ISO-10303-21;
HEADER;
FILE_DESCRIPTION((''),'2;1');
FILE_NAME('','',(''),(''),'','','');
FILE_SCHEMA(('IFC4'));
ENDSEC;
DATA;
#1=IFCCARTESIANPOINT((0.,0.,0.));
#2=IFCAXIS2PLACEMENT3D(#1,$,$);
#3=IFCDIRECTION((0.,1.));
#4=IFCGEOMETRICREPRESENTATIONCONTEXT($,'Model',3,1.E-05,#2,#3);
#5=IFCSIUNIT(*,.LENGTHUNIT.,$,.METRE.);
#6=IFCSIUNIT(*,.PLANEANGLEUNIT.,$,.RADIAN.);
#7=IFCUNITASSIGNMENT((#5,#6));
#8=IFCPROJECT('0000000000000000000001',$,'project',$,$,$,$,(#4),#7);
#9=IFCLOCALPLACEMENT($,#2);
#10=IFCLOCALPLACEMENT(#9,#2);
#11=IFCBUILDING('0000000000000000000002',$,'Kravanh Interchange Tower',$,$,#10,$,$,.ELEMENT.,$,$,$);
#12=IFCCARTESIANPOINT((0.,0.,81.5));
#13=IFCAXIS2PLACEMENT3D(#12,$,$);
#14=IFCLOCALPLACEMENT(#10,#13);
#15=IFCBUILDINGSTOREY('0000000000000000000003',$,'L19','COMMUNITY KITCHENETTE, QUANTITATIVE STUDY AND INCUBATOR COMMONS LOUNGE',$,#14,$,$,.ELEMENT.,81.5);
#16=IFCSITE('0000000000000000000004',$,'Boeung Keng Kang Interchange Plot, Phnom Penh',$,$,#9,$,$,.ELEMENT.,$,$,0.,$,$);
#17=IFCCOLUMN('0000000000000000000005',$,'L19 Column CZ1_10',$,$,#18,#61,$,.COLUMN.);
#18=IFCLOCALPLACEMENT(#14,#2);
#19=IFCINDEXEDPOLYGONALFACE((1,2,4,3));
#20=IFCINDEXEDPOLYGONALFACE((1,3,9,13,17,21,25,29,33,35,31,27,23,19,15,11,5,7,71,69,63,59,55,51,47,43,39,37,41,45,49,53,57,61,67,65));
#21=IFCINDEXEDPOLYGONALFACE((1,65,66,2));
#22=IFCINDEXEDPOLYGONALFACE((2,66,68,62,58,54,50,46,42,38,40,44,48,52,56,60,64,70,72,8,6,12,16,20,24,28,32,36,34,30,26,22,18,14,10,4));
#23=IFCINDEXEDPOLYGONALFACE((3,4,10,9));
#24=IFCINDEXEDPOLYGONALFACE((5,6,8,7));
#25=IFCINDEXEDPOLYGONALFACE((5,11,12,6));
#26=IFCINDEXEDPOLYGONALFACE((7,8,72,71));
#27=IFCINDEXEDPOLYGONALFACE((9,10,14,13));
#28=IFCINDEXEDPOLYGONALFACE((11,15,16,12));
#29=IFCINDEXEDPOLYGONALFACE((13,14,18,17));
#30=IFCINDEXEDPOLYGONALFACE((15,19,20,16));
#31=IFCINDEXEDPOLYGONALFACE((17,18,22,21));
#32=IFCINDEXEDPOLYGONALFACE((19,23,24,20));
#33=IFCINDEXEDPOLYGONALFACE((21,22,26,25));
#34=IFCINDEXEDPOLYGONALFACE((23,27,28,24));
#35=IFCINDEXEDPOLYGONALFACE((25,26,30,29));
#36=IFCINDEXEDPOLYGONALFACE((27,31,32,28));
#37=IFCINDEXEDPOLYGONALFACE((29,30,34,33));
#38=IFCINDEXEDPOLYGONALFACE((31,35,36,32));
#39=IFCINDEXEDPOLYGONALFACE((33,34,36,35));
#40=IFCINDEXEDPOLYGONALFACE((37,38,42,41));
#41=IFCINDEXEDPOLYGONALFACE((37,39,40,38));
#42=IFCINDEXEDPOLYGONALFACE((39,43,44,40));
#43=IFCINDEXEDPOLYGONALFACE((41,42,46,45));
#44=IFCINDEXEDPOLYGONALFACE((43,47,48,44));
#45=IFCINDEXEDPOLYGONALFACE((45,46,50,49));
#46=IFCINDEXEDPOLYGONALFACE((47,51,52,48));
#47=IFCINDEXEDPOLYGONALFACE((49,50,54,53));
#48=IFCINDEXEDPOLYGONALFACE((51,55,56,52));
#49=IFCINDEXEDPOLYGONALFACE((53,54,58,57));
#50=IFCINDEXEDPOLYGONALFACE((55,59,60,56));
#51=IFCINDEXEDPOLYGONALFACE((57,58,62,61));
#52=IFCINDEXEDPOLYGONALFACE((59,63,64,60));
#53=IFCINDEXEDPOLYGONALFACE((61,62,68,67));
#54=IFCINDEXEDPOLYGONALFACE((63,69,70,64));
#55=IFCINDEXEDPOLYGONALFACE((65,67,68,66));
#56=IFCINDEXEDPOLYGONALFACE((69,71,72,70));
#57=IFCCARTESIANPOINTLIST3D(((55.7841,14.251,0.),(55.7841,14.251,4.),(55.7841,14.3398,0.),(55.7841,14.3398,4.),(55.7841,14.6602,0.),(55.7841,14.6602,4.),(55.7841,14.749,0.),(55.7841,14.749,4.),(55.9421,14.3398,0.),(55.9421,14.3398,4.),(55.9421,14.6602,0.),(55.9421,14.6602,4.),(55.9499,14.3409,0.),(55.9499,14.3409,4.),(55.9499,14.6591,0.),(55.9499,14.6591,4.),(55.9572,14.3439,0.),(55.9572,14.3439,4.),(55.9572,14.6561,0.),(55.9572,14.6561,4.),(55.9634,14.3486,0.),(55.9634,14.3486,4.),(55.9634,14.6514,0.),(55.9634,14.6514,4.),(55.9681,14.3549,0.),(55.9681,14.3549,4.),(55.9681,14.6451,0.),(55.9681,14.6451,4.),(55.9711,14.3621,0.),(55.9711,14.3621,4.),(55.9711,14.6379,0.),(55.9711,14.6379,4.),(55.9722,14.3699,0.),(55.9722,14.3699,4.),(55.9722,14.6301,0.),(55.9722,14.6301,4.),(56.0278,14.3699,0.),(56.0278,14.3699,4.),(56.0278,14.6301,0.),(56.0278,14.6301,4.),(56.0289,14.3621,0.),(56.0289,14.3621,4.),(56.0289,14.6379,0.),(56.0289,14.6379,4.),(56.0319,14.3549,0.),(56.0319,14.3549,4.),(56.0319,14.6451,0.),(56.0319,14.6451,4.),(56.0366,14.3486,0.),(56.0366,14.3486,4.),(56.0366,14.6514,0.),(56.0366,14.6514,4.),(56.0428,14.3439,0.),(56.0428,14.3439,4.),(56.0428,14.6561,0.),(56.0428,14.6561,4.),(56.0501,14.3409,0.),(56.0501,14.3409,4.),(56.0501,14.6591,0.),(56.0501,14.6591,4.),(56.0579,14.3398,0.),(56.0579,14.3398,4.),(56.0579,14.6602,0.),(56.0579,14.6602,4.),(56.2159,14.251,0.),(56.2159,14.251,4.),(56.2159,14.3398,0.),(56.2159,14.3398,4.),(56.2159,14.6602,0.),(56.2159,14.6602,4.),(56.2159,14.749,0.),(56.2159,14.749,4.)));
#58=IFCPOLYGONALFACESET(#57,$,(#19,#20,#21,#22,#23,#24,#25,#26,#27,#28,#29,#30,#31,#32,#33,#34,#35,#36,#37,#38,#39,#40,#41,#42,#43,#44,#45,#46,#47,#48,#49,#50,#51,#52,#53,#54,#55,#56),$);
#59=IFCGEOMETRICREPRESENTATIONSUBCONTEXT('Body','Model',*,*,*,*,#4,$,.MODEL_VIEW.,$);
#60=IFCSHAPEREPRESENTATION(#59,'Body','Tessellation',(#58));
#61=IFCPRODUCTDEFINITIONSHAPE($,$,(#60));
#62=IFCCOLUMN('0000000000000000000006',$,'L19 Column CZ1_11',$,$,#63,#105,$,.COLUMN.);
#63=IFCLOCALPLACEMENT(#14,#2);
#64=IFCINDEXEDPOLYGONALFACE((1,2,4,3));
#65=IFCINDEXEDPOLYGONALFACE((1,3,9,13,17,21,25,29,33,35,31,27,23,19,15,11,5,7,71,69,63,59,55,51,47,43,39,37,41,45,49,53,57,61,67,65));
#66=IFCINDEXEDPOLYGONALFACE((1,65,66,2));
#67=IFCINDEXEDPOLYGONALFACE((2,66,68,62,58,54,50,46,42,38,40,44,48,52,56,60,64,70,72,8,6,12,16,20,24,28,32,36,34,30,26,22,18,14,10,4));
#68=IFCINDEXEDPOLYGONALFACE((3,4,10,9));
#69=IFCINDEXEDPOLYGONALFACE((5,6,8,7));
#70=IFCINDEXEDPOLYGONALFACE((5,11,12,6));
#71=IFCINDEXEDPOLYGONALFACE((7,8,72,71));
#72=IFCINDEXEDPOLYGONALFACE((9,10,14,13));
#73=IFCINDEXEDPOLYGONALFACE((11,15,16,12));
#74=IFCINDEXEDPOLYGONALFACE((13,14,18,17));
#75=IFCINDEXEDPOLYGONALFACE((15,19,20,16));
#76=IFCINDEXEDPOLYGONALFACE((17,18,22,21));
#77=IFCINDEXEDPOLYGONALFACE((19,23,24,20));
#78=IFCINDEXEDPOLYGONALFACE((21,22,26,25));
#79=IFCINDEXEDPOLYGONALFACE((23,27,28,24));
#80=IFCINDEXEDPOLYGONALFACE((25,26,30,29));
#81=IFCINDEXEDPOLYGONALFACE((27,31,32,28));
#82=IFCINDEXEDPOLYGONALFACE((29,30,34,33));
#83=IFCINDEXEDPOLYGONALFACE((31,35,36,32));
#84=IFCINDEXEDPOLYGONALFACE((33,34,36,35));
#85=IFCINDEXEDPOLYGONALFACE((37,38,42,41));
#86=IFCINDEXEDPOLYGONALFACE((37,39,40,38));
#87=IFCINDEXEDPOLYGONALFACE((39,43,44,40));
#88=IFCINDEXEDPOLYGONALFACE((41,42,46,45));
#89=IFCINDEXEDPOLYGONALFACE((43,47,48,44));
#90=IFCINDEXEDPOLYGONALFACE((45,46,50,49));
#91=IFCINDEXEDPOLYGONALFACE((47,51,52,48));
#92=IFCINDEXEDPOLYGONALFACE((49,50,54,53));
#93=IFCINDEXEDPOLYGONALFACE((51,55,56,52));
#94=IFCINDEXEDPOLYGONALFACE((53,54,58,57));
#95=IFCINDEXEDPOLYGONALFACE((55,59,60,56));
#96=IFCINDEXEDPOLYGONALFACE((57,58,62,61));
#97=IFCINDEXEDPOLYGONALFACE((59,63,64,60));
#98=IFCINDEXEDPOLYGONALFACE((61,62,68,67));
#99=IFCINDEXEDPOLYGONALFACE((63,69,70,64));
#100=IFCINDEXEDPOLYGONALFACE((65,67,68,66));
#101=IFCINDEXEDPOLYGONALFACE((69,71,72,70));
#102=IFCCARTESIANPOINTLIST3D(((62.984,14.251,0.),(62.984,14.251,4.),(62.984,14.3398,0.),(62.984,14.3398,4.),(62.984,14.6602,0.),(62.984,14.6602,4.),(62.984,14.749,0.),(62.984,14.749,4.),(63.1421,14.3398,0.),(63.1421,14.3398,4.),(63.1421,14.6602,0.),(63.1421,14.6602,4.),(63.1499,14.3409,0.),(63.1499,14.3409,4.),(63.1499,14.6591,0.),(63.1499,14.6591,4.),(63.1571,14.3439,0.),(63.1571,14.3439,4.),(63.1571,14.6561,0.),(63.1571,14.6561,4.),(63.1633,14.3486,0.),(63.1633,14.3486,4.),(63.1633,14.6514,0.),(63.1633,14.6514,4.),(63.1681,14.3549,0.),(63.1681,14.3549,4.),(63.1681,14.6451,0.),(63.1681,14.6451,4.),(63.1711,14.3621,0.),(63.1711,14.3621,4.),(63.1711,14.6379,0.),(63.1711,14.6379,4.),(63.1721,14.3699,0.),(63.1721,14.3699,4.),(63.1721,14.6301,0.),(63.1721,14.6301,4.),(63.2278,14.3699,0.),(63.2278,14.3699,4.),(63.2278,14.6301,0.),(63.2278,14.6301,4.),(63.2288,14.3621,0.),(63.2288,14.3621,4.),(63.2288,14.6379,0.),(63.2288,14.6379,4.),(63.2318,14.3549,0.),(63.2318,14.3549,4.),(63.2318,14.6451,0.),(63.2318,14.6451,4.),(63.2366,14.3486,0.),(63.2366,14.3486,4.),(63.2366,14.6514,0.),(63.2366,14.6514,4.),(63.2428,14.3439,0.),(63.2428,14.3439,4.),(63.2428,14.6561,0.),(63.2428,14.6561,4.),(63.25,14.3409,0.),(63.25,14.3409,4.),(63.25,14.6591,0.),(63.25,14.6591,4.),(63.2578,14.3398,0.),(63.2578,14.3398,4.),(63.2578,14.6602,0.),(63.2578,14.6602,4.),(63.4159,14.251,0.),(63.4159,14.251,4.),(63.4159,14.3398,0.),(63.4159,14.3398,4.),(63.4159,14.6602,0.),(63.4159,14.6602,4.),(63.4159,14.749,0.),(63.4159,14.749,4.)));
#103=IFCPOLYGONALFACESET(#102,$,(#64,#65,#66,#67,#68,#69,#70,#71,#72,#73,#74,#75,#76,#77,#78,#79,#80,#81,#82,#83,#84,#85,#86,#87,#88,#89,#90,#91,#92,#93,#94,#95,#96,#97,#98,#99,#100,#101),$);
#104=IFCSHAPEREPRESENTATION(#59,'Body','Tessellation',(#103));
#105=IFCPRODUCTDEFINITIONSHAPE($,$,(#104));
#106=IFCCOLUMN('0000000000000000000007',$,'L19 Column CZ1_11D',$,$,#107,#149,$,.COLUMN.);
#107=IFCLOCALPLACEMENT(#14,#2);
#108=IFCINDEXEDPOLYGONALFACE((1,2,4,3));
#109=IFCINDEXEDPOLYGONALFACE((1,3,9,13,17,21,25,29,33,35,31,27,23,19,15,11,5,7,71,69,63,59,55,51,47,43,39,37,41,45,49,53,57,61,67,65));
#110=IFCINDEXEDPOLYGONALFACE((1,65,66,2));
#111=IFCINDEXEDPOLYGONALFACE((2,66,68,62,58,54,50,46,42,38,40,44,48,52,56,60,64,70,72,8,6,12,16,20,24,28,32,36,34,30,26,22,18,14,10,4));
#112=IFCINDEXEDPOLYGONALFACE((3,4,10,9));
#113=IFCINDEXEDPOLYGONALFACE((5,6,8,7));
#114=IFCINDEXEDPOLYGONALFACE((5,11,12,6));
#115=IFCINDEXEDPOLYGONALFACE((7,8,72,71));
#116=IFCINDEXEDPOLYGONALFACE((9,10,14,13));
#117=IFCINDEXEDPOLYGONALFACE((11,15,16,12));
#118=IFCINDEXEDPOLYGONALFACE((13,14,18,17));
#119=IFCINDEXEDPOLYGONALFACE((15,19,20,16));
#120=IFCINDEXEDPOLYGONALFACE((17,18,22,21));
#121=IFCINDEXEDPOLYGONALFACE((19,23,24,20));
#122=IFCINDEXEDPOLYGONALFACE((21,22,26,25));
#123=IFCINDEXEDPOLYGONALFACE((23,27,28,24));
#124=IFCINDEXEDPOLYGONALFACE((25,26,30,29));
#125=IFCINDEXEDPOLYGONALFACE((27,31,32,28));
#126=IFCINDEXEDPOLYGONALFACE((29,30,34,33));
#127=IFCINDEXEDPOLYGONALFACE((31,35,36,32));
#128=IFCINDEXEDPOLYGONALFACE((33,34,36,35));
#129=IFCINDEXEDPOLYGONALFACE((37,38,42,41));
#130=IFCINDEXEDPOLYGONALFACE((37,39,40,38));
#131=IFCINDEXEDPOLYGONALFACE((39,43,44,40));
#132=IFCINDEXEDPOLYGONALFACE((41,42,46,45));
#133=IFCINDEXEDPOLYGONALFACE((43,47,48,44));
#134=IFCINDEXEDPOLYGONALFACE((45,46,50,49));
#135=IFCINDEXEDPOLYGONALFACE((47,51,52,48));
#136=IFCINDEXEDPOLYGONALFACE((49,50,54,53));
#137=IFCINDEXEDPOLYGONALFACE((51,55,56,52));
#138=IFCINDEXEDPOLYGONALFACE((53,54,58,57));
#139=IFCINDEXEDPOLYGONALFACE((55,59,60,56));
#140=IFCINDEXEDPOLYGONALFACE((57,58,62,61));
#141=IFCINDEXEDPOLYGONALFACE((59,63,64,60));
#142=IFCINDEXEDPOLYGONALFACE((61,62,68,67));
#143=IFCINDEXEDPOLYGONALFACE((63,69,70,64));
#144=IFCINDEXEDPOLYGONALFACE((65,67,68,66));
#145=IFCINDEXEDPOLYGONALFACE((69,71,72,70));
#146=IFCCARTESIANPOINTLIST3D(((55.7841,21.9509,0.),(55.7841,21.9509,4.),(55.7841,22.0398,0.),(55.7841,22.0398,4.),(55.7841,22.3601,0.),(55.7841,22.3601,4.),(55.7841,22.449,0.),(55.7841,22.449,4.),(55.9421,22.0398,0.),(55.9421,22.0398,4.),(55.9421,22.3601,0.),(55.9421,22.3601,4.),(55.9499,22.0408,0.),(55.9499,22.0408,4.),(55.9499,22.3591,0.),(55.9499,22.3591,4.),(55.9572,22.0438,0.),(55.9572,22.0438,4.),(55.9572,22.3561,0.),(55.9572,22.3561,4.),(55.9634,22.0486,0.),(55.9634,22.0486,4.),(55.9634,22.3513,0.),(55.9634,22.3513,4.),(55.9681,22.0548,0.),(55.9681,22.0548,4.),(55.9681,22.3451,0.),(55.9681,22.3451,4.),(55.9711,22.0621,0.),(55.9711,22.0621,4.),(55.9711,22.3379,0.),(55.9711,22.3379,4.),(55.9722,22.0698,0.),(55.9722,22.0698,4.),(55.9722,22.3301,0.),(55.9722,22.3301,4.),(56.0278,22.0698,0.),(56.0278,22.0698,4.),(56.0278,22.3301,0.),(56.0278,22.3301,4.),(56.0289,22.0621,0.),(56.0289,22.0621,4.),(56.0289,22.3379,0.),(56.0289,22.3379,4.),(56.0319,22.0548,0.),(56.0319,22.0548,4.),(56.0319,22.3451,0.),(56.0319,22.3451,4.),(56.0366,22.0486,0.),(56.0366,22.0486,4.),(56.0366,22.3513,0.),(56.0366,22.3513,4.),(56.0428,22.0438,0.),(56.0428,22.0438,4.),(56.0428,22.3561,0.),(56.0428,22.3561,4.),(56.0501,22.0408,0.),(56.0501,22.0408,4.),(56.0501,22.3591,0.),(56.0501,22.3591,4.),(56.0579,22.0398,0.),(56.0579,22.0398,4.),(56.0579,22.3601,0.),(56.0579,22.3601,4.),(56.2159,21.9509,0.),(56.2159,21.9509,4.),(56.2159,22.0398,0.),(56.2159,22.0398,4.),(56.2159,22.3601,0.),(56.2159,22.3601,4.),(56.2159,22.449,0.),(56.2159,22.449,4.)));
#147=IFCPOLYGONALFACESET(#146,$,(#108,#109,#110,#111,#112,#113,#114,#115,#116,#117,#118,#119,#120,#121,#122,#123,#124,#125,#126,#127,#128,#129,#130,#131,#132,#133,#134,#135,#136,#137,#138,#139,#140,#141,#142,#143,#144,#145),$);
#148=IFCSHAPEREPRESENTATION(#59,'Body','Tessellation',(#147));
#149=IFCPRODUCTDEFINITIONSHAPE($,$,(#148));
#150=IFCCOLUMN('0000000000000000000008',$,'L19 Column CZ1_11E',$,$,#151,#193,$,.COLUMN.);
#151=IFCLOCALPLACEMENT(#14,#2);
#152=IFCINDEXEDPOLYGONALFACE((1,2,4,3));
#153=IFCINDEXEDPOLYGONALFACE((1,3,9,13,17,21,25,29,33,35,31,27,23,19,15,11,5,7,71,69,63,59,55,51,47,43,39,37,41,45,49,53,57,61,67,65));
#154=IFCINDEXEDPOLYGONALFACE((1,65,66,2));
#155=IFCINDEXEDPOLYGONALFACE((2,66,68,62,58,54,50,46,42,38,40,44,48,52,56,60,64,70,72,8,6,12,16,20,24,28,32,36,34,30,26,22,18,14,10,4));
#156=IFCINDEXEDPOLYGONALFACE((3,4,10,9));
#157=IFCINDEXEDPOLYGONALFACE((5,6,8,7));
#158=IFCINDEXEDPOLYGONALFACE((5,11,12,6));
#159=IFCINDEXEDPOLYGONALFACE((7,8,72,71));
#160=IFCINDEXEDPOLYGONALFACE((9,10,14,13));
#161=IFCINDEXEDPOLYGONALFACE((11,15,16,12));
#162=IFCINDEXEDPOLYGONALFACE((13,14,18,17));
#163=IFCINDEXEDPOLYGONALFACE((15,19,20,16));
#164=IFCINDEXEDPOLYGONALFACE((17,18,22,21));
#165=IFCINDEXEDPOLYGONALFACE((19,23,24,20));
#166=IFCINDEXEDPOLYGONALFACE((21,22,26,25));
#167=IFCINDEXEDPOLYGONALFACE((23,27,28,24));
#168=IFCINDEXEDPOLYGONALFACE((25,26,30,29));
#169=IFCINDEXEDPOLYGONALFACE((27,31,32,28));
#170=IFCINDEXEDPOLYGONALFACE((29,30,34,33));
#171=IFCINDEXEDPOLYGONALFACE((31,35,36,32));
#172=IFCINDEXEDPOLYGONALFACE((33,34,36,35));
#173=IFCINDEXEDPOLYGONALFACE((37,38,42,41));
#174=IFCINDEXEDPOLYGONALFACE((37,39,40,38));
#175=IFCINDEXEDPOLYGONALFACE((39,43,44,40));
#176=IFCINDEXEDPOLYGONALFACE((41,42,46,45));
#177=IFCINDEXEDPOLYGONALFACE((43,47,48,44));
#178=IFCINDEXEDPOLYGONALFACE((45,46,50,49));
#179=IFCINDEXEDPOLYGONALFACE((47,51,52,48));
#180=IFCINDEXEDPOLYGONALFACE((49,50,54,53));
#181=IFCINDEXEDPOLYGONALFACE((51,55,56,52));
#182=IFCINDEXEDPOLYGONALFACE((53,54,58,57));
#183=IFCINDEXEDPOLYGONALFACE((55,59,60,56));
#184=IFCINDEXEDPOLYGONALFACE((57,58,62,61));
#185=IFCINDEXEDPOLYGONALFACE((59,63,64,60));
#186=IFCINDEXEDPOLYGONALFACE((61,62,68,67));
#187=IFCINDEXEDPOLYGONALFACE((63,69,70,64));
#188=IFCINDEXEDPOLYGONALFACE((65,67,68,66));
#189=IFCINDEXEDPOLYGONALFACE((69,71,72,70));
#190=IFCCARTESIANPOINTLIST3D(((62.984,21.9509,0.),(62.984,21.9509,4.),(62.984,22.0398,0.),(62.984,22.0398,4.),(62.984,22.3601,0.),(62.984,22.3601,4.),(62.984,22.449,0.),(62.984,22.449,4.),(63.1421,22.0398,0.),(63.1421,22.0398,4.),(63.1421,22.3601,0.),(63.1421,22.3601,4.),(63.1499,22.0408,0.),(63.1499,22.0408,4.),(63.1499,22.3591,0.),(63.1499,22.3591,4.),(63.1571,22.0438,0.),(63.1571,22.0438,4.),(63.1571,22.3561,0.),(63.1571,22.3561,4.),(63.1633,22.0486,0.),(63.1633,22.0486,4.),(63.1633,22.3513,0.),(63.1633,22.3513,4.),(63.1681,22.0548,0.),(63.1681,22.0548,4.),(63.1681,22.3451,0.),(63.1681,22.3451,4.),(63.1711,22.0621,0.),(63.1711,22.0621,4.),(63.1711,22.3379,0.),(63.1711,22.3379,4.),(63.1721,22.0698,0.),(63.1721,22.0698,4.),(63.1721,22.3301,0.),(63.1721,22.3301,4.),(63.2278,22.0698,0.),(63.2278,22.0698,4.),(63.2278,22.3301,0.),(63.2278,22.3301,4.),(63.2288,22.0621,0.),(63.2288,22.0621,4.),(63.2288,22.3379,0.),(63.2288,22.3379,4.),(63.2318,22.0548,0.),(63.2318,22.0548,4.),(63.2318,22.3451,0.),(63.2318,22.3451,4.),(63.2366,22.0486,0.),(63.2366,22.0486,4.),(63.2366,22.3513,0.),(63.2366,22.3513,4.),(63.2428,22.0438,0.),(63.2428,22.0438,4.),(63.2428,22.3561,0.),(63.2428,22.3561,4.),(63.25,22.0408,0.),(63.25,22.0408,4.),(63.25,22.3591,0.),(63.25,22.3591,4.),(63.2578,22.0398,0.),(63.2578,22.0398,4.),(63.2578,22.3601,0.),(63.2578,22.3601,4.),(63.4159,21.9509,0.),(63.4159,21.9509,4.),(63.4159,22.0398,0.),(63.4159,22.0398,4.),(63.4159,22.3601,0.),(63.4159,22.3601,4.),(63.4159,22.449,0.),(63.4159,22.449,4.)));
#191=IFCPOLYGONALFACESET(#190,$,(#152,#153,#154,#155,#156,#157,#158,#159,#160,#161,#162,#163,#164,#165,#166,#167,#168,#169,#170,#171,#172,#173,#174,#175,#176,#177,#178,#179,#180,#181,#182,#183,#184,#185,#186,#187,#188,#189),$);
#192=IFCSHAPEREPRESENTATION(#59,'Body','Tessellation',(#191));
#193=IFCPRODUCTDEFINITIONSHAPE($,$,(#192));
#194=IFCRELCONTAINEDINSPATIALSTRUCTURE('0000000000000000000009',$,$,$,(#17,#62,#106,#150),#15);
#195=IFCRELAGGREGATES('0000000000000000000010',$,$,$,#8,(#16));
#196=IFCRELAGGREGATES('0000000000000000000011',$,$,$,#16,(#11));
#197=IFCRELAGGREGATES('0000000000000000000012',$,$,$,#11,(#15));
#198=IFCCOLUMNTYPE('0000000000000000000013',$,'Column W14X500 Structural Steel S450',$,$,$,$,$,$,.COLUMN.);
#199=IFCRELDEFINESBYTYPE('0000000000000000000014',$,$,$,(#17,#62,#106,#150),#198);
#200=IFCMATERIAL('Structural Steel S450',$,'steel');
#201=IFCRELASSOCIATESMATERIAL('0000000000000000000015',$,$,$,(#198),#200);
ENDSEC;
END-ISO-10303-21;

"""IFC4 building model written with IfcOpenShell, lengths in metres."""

from ifc_helpers import new_model, si_unit, direction, frame, origin, origin_2d, place, context, subcontext, project, spatial, i_section, extrude, material, material_profile, profile_set, type_object, element, save


model = new_model("IFC4")

# Units and contexts
model_context = context("Model", 3, precision=1e-05, world=origin(), true_north=direction((0.0, 1.0)))
body_context = subcontext(model_context, "Body", "Model", "MODEL_VIEW")
ifc_project = project(units=[si_unit("LENGTHUNIT", "METRE"), si_unit("PLANEANGLEUNIT", "RADIAN")], contexts=[model_context])

# Site, building, storey
site_placement = place(None, origin())
site = spatial("IfcSite", under=ifc_project, at=site_placement, Name="Boeung Keng Kang Interchange Plot, Phnom Penh", CompositionType="ELEMENT", RefElevation=0.0)
building_placement = place(site_placement, origin())
building = spatial("IfcBuilding", under=site, at=building_placement, Name="Kravanh Interchange Tower", CompositionType="ELEMENT")
storey_placement = place(building_placement, frame((0.0, 0.0, 81.5)))
storey = spatial("IfcBuildingStorey", under=building, at=storey_placement, Name="L19", Description="COMMUNITY KITCHENETTE, QUANTITATIVE STUDY AND INCUBATOR COMMONS LOUNGE", CompositionType="ELEMENT", Elevation=81.5)

# Columns
ifc_material_1 = material(Name="Structural Steel S450", Category="steel")
ifc_material_profile_1 = material_profile(ifc_material_1, i_section(OverallWidth=0.4319, OverallDepth=0.498, WebThickness=0.0557, FlangeThickness=0.0889, FilletRadius=0.03, at=origin_2d()), Name="W14X500")
ifc_profile_set_1 = profile_set([ifc_material_profile_1], Name="Structural Steel S450")
column_type = type_object("IfcColumnType", Name="Column W14X500 Structural Steel S450", PredefinedType="COLUMN", material=ifc_profile_set_1)
for number, where, z_axis, x_axis, name in (
    (1, (56.0, 14.5, 0.0), (0.0, 0.0, 1.0), (1.0, 0.0, 0.0), "L19 Column CZ1_10"),
    (2, (63.2, 14.5, 0.0), (0.0, 0.0, 1.0), (1.0, 0.0, 0.0), "L19 Column CZ1_11"),
    (3, (56.0, 22.2, 0.0), (0.0, 0.0, 1.0), (1.0, 0.0, 0.0), "L19 Column CZ1_11D"),
    (4, (63.2, 22.2, 0.0), (0.0, 0.0, 1.0), (1.0, 0.0, 0.0), "L19 Column CZ1_11E"),
):
    element("IfcColumn", number, at=place(storey_placement, frame(where, z_axis=z_axis, x_axis=x_axis)), inside=storey, type_object=column_type, Name=name, PredefinedType="COLUMN", context=body_context, shape_type="SweptSolid", body=[
        extrude(i_section(OverallWidth=0.4319, OverallDepth=0.498, WebThickness=0.0557, FlangeThickness=0.0889, FilletRadius=0.03, at=origin_2d()), origin(), (0.0, 0.0, 1.0), 4.0),
    ])

save(model, "model.ifc")
